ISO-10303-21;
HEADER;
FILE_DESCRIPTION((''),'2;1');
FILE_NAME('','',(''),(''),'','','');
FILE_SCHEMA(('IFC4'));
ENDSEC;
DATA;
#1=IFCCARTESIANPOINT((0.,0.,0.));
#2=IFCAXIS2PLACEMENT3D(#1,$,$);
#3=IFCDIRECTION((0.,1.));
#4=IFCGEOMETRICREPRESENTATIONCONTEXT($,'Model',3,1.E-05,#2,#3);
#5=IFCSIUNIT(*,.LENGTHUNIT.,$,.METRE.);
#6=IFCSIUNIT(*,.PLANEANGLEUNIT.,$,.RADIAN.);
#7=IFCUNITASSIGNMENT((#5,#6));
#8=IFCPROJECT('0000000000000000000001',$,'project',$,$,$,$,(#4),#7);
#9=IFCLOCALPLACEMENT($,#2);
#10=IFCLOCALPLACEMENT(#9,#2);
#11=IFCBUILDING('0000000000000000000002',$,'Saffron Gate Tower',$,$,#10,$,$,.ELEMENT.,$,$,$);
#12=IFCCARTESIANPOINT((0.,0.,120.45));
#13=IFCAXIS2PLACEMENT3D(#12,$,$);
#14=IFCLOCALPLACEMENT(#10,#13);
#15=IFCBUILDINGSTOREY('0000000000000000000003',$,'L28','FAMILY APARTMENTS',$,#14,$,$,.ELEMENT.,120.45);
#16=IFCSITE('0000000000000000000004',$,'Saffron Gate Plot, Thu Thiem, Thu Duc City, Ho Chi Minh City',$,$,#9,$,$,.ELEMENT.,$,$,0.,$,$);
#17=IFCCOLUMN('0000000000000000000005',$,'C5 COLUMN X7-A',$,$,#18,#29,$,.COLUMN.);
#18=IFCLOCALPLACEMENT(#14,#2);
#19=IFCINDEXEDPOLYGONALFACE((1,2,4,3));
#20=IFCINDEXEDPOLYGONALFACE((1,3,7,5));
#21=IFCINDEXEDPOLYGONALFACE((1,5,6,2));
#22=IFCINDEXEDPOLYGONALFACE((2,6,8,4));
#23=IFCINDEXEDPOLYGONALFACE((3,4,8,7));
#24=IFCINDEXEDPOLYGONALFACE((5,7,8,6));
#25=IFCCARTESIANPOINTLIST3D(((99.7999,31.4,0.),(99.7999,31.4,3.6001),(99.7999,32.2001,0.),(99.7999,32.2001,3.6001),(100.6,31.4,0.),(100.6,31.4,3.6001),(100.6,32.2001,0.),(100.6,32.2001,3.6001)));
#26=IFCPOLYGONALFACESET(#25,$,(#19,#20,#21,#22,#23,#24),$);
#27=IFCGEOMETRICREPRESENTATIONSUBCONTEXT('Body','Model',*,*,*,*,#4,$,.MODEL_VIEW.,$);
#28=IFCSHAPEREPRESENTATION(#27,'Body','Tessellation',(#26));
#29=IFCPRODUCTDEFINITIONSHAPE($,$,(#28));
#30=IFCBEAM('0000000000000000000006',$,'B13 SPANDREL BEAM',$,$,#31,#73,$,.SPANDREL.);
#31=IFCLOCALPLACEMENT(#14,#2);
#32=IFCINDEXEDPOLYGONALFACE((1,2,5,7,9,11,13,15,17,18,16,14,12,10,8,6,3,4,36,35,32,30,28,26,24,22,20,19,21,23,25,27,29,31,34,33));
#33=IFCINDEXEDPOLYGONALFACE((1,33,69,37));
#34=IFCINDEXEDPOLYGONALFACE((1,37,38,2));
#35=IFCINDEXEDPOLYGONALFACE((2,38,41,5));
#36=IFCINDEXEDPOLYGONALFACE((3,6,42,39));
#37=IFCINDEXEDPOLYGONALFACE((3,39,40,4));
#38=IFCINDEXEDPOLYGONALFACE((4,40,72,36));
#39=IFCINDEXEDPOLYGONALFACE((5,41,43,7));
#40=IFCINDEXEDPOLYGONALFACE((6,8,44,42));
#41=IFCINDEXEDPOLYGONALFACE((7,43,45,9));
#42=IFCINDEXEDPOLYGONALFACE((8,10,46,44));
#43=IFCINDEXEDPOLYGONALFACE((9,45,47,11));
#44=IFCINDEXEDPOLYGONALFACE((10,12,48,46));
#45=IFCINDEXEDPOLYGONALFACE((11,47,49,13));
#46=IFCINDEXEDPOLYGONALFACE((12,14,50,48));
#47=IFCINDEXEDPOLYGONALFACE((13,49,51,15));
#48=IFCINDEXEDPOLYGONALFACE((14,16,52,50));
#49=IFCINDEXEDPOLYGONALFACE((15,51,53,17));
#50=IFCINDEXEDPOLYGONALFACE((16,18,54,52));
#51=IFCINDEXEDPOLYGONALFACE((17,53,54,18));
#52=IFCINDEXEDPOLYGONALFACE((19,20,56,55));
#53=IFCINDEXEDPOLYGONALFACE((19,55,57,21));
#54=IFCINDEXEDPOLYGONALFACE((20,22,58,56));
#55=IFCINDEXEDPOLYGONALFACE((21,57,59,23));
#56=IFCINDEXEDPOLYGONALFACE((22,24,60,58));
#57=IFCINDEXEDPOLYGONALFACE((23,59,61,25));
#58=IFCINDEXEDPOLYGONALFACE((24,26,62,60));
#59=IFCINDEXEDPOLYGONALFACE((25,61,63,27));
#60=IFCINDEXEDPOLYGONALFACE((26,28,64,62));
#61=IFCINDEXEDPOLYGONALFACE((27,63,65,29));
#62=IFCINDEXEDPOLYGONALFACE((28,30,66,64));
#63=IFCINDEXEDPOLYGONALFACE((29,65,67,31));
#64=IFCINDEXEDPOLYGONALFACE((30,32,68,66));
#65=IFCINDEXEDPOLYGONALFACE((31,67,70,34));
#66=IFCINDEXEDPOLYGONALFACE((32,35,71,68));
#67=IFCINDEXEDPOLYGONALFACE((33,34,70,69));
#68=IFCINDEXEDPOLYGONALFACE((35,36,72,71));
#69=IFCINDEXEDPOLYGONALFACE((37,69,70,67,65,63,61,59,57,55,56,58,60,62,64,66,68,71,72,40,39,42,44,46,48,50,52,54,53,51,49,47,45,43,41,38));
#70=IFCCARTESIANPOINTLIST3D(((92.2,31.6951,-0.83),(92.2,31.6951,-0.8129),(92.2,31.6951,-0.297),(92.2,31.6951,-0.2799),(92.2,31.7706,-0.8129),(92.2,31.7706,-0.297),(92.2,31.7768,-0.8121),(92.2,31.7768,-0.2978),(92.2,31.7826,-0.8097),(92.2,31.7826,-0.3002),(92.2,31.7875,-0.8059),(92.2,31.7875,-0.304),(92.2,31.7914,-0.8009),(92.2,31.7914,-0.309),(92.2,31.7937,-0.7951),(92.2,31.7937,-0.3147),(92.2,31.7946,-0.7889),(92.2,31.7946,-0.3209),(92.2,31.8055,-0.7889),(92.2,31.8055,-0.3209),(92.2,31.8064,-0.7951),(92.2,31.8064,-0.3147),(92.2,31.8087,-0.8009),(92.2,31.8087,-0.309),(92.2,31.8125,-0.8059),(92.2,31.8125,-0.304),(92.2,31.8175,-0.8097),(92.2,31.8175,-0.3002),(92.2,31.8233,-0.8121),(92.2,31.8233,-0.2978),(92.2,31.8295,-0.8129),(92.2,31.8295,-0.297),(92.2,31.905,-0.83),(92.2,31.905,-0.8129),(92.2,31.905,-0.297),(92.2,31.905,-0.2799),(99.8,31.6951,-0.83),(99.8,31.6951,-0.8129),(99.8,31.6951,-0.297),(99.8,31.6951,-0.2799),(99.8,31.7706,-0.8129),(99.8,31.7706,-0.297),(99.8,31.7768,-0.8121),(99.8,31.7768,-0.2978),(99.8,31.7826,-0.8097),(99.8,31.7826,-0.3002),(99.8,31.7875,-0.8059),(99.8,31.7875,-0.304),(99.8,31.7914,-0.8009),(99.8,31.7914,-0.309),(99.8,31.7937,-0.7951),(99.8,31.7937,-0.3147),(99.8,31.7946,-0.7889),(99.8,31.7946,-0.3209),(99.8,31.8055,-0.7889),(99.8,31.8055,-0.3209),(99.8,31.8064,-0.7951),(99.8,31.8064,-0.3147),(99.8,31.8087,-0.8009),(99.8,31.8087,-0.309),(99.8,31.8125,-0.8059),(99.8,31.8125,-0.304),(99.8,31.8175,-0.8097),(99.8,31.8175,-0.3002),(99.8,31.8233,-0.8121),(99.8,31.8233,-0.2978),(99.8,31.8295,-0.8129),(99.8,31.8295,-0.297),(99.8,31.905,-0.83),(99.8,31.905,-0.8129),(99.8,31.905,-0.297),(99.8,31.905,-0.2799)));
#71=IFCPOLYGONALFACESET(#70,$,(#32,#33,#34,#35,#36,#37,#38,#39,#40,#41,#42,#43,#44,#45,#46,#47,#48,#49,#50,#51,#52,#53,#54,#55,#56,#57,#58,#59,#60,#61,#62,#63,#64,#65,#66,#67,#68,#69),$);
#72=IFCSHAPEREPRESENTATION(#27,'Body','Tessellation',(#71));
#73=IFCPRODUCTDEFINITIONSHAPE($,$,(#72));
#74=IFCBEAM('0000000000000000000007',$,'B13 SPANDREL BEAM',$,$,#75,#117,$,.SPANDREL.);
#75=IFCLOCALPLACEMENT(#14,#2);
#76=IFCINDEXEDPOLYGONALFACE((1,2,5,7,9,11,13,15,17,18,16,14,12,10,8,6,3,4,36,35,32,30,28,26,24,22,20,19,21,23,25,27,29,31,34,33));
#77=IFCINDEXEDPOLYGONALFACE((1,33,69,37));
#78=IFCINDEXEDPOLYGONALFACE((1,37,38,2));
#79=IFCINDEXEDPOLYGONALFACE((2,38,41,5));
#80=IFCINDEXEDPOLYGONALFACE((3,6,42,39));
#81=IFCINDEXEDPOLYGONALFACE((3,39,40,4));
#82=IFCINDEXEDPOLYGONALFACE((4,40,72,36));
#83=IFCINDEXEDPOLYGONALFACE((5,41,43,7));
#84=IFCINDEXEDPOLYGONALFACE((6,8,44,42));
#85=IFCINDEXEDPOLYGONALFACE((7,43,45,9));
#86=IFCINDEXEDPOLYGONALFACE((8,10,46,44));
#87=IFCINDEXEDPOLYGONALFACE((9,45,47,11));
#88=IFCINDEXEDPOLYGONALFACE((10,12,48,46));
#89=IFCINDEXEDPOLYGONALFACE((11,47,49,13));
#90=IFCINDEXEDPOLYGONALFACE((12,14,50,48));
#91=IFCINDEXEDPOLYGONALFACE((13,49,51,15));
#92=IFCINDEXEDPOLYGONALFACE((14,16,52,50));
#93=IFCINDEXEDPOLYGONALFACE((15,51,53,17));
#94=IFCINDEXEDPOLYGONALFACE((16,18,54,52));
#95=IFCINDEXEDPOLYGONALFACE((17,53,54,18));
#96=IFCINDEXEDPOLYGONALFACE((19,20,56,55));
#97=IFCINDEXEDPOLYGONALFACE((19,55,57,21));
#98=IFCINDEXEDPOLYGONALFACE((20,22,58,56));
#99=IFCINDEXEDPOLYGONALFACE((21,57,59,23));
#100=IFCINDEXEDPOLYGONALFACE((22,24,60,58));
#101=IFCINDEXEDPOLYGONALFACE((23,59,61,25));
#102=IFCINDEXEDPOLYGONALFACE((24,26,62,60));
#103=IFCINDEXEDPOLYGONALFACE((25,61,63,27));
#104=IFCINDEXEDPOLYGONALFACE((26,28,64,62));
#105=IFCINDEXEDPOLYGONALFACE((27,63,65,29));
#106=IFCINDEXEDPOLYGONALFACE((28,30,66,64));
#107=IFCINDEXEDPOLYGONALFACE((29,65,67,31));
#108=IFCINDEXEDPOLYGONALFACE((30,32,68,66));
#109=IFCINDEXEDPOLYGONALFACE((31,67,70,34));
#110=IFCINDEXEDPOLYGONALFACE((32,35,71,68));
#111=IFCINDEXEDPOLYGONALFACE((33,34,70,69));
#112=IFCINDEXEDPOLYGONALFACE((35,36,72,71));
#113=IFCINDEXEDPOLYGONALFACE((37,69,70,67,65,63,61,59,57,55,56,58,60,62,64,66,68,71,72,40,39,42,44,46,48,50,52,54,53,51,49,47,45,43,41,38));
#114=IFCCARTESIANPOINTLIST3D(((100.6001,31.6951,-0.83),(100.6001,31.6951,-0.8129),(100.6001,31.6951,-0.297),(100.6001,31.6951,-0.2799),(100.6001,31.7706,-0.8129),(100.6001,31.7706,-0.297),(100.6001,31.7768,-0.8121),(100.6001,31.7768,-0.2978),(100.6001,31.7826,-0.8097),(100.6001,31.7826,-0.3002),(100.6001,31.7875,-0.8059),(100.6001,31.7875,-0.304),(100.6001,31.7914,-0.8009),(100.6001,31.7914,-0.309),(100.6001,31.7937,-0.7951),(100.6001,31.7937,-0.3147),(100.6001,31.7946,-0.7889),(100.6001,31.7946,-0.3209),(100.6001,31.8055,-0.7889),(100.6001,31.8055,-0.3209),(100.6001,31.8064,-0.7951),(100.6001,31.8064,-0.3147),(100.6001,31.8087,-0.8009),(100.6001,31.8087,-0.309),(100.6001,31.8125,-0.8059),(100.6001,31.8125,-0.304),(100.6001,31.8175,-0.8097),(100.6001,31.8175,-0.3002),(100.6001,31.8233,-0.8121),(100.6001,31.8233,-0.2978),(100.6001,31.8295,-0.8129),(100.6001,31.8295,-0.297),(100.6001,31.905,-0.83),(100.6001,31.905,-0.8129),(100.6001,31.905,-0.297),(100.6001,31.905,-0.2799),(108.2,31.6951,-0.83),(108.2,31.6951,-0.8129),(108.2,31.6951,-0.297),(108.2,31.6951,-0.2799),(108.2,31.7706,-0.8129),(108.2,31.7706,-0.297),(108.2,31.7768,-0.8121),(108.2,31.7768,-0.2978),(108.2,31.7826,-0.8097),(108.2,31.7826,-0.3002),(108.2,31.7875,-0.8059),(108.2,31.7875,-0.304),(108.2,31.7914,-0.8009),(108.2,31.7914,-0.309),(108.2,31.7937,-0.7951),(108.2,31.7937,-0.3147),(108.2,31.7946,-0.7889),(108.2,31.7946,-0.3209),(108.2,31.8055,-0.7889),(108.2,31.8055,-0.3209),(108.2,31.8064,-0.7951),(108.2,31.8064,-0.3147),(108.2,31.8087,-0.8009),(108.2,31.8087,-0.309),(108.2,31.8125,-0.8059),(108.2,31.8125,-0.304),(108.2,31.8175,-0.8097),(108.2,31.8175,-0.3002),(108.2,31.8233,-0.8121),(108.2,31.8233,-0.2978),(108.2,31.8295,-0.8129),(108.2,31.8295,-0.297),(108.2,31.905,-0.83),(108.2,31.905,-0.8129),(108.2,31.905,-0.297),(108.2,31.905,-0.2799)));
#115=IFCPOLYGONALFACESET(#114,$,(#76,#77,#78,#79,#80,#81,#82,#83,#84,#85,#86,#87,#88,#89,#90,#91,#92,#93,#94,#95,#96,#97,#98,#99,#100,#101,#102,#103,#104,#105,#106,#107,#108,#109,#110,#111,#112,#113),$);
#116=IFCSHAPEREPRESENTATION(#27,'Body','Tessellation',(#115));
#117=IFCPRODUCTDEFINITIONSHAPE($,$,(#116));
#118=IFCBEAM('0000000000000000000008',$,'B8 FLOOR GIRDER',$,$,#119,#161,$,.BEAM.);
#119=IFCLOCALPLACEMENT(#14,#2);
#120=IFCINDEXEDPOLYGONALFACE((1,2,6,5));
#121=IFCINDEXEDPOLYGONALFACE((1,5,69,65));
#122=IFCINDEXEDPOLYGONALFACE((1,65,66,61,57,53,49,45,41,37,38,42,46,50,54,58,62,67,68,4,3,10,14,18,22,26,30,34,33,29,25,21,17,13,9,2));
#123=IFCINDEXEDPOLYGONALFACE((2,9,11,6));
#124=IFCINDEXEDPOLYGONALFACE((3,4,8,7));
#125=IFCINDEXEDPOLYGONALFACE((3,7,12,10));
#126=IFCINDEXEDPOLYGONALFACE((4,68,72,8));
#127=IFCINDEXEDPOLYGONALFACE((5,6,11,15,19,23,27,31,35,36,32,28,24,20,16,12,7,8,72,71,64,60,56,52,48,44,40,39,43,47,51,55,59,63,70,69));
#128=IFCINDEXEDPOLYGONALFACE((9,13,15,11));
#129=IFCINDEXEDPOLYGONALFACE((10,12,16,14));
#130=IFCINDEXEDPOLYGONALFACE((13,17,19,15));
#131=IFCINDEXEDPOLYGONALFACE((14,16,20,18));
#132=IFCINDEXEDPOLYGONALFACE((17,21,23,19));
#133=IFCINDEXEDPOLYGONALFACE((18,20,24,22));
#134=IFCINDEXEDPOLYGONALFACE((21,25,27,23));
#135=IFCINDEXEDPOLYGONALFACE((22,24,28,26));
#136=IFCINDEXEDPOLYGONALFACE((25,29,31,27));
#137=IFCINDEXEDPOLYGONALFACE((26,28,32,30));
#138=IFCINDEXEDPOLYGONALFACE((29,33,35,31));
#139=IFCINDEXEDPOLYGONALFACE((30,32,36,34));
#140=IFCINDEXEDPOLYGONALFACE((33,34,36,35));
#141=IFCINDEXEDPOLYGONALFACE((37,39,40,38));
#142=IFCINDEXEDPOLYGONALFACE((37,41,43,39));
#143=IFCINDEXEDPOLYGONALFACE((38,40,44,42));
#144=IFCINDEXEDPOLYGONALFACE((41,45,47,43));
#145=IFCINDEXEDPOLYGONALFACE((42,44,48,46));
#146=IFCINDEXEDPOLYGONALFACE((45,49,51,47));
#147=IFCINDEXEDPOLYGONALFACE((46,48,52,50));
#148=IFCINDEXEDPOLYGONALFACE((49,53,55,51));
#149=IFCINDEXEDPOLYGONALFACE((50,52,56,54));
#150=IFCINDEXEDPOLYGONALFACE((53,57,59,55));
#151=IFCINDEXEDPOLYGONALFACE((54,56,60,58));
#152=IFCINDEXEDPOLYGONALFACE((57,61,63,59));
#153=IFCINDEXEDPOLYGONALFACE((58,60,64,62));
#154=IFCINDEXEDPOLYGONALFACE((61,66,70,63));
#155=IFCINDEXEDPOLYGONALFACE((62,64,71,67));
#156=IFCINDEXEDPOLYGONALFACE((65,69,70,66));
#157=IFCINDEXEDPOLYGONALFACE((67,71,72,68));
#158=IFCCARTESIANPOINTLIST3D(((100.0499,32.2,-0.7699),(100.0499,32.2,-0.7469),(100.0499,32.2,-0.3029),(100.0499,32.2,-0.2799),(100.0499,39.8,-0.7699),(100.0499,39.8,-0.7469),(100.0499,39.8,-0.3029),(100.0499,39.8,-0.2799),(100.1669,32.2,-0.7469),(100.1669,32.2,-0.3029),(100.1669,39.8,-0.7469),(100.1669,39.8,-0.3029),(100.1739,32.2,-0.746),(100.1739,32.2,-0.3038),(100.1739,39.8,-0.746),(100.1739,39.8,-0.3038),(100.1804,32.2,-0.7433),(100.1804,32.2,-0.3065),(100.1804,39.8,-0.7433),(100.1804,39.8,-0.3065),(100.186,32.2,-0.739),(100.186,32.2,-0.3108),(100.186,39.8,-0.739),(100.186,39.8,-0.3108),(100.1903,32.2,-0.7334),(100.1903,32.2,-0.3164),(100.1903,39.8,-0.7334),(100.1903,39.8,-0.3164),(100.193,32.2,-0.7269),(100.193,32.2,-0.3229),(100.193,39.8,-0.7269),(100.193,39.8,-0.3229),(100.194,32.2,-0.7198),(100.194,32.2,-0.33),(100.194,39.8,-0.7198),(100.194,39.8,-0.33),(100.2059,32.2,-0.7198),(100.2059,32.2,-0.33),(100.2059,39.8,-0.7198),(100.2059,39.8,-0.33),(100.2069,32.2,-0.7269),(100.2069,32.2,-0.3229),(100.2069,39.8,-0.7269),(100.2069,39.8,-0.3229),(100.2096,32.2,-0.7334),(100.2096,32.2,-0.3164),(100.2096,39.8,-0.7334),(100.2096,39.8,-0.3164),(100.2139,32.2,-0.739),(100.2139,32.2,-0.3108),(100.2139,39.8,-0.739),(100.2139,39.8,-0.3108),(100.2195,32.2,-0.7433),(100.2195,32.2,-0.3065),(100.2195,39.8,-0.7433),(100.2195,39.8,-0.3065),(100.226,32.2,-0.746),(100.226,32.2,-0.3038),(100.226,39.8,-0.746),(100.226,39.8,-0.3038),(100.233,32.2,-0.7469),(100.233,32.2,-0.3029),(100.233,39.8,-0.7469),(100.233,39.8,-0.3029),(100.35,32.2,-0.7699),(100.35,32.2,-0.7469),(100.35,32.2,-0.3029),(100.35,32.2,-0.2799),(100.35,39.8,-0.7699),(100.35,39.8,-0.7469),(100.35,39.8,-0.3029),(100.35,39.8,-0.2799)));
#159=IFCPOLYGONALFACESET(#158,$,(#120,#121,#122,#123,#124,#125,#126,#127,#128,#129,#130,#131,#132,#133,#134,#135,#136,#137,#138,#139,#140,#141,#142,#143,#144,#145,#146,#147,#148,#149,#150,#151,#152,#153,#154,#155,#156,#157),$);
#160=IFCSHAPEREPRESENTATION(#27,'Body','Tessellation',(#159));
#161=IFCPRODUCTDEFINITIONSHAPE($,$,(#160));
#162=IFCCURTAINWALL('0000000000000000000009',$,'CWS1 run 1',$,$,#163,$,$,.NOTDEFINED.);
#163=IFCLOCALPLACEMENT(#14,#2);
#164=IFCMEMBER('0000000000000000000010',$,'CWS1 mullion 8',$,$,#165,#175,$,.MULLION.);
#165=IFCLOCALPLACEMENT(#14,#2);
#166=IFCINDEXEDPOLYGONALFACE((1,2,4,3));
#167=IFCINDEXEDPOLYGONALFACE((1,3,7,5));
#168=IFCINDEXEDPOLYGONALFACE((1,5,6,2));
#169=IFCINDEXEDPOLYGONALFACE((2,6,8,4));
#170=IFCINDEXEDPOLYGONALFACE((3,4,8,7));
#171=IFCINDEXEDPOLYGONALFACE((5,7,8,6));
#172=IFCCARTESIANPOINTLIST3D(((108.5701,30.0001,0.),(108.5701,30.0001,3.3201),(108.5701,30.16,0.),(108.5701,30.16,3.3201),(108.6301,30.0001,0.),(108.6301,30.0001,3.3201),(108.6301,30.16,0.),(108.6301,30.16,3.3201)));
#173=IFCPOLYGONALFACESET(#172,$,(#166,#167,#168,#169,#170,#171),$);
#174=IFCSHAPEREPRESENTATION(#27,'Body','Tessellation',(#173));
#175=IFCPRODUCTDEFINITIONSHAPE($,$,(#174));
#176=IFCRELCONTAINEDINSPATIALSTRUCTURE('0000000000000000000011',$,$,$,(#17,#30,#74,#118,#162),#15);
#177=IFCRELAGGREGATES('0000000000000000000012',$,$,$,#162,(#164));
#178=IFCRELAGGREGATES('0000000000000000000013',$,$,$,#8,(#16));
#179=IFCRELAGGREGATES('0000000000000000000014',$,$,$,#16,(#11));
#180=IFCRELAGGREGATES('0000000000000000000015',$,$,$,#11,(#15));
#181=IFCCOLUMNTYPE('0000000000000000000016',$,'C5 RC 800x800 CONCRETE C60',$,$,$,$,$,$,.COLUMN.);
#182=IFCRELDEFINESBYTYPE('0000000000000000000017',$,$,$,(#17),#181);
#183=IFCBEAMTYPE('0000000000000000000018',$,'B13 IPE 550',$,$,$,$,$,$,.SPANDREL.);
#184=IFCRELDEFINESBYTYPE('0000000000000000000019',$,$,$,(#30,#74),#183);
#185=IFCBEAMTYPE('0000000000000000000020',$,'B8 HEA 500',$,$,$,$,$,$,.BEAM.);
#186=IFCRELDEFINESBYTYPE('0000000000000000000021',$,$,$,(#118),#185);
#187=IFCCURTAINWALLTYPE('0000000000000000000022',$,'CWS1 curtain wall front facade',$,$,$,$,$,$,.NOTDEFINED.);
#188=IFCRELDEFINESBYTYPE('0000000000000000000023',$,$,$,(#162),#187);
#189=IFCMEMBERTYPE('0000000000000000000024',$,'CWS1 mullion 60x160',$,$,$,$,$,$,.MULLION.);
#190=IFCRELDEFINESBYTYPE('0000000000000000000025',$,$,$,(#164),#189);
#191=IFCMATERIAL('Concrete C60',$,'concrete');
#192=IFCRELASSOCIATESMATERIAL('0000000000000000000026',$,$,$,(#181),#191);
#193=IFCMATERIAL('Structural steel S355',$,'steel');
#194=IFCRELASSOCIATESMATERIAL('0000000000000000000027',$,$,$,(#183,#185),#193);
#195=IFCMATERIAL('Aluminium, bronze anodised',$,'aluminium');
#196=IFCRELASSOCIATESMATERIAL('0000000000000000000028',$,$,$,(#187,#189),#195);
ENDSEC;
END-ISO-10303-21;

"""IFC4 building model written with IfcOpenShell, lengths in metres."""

from ifc_helpers import new_model, si_unit, direction, frame, origin, origin_2d, place, context, subcontext, project, spatial, rectangle, i_section, extrude, material, material_profile, profile_set, type_object, element, aggregate, save


model = new_model("IFC4")

# Units and contexts
model_context = context("Model", 3, precision=1e-05, world=origin(), true_north=direction((0.0, 1.0)))
body_context = subcontext(model_context, "Body", "Model", "MODEL_VIEW")
ifc_project = project(units=[si_unit("LENGTHUNIT", "METRE"), si_unit("PLANEANGLEUNIT", "RADIAN")], contexts=[model_context])

# Site, building, storey
site_placement = place(None, origin())
site = spatial("IfcSite", under=ifc_project, at=site_placement, Name="Saffron Gate Plot, Thu Thiem, Thu Duc City, Ho Chi Minh City", CompositionType="ELEMENT", RefElevation=0.0)
building_placement = place(site_placement, origin())
building = spatial("IfcBuilding", under=site, at=building_placement, Name="Saffron Gate Tower", CompositionType="ELEMENT")
storey_placement = place(building_placement, frame((0.0, 0.0, 120.45)))
storey = spatial("IfcBuildingStorey", under=building, at=storey_placement, Name="L28", Description="FAMILY APARTMENTS", CompositionType="ELEMENT", Elevation=120.45)

# Column
ifc_material_1 = material(Name="Concrete C60", Category="concrete")
ifc_material_profile_1 = material_profile(ifc_material_1, rectangle(XDim=0.8, YDim=0.8, at=origin_2d()))
ifc_profile_set_1 = profile_set([ifc_material_profile_1], Name="Concrete C60")
column_type = type_object("IfcColumnType", Name="C5 RC 800x800 CONCRETE C60", PredefinedType="COLUMN", material=ifc_profile_set_1)
column_placement = place(storey_placement, frame((100.2, 31.8, 0.0), z_axis=(0.0, 0.0, 1.0), x_axis=(1.0, 0.0, 0.0)))
element("IfcColumn", 1, at=column_placement, inside=storey, type_object=column_type, Name="C5 COLUMN X7-A", PredefinedType="COLUMN", context=body_context, shape_type="SweptSolid", body=[
    extrude(rectangle(XDim=0.8, YDim=0.8, at=origin_2d()), origin(), (0.0, 0.0, 1.0), 3.6001),
])

# Beams
ifc_material_2 = material(Name="Structural steel S355", Category="steel")
ifc_material_profile_2 = material_profile(ifc_material_2, i_section(OverallWidth=0.21, OverallDepth=0.55, WebThickness=0.011, FlangeThickness=0.0171, FilletRadius=0.0239, at=origin_2d()))
ifc_profile_set_2 = profile_set([ifc_material_profile_2], Name="Structural steel S355")
beam_type_1 = type_object("IfcBeamType", Name="B13 IPE 550", PredefinedType="SPANDREL", material=ifc_profile_set_2)
beam_1_placement = place(storey_placement, frame((92.2, 31.8, -0.5549), z_axis=(1.0, 0.0, 0.0), x_axis=(0.0, 1.0, 0.0)))
element("IfcBeam", 2, at=beam_1_placement, inside=storey, type_object=beam_type_1, Name="B13 SPANDREL BEAM", PredefinedType="SPANDREL", context=body_context, shape_type="SweptSolid", body=[
    extrude(i_section(OverallWidth=0.21, OverallDepth=0.55, WebThickness=0.011, FlangeThickness=0.0171, FilletRadius=0.0239, at=origin_2d()), origin(), (0.0, 0.0, 1.0), 7.6001),
])
beam_2_placement = place(storey_placement, frame((100.6001, 31.8, -0.5549), z_axis=(1.0, 0.0, 0.0), x_axis=(0.0, 1.0, 0.0)))
element("IfcBeam", 3, at=beam_2_placement, inside=storey, type_object=beam_type_1, Name="B13 SPANDREL BEAM", PredefinedType="SPANDREL", context=body_context, shape_type="SweptSolid", body=[
    extrude(i_section(OverallWidth=0.21, OverallDepth=0.55, WebThickness=0.011, FlangeThickness=0.0171, FilletRadius=0.0239, at=origin_2d()), origin(), (0.0, 0.0, 1.0), 7.5999),
])
ifc_material_profile_3 = material_profile(ifc_material_2, i_section(OverallWidth=0.3, OverallDepth=0.49, WebThickness=0.012, FlangeThickness=0.0229, FilletRadius=0.0271, at=origin_2d()))
ifc_profile_set_3 = profile_set([ifc_material_profile_3], Name="Structural steel S355")
beam_type_2 = type_object("IfcBeamType", Name="B8 HEA 500", PredefinedType="BEAM", material=ifc_profile_set_3)
beam_3_placement = place(storey_placement, frame((100.2, 32.2, -0.5249), z_axis=(0.0, 1.0, 0.0), x_axis=(-1.0, 0.0, 0.0)))
element("IfcBeam", 4, at=beam_3_placement, inside=storey, type_object=beam_type_2, Name="B8 FLOOR GIRDER", PredefinedType="BEAM", context=body_context, shape_type="SweptSolid", body=[
    extrude(i_section(OverallWidth=0.3, OverallDepth=0.49, WebThickness=0.012, FlangeThickness=0.0229, FilletRadius=0.0271, at=origin_2d()), origin(), (0.0, 0.0, 1.0), 7.6001),
])

# Curtain wall, member
ifc_material_3 = material(Name="Aluminium, bronze anodised", Category="aluminium")
curtain_wall_type = type_object("IfcCurtainWallType", Name="CWS1 curtain wall front facade", PredefinedType="NOTDEFINED", material=ifc_material_3)
curtain_wall_placement = place(storey_placement, origin())
curtain_wall = element("IfcCurtainWall", 5, at=curtain_wall_placement, inside=storey, type_object=curtain_wall_type, Name="CWS1 run 1", PredefinedType="NOTDEFINED")
ifc_material_profile_4 = material_profile(ifc_material_3, rectangle(XDim=0.1599, YDim=0.0601, at=origin_2d()))
ifc_profile_set_4 = profile_set([ifc_material_profile_4], Name="Aluminium, bronze anodised")
member_type = type_object("IfcMemberType", Name="CWS1 mullion 60x160", PredefinedType="MULLION", material=ifc_profile_set_4)
member_placement = place(storey_placement, frame((108.6001, 30.0801, 0.0), z_axis=(0.0, 0.0, 1.0), x_axis=(0.0, 1.0, 0.0)))
member = element("IfcMember", 6, at=member_placement, type_object=member_type, Name="CWS1 mullion 8", PredefinedType="MULLION", context=body_context, shape_type="SweptSolid", body=[
    extrude(rectangle(XDim=0.1599, YDim=0.0601, at=origin_2d()), origin(), (0.0, 0.0, 1.0), 3.3201),
])
aggregate(curtain_wall, [member])

save(model, "model.ifc")
